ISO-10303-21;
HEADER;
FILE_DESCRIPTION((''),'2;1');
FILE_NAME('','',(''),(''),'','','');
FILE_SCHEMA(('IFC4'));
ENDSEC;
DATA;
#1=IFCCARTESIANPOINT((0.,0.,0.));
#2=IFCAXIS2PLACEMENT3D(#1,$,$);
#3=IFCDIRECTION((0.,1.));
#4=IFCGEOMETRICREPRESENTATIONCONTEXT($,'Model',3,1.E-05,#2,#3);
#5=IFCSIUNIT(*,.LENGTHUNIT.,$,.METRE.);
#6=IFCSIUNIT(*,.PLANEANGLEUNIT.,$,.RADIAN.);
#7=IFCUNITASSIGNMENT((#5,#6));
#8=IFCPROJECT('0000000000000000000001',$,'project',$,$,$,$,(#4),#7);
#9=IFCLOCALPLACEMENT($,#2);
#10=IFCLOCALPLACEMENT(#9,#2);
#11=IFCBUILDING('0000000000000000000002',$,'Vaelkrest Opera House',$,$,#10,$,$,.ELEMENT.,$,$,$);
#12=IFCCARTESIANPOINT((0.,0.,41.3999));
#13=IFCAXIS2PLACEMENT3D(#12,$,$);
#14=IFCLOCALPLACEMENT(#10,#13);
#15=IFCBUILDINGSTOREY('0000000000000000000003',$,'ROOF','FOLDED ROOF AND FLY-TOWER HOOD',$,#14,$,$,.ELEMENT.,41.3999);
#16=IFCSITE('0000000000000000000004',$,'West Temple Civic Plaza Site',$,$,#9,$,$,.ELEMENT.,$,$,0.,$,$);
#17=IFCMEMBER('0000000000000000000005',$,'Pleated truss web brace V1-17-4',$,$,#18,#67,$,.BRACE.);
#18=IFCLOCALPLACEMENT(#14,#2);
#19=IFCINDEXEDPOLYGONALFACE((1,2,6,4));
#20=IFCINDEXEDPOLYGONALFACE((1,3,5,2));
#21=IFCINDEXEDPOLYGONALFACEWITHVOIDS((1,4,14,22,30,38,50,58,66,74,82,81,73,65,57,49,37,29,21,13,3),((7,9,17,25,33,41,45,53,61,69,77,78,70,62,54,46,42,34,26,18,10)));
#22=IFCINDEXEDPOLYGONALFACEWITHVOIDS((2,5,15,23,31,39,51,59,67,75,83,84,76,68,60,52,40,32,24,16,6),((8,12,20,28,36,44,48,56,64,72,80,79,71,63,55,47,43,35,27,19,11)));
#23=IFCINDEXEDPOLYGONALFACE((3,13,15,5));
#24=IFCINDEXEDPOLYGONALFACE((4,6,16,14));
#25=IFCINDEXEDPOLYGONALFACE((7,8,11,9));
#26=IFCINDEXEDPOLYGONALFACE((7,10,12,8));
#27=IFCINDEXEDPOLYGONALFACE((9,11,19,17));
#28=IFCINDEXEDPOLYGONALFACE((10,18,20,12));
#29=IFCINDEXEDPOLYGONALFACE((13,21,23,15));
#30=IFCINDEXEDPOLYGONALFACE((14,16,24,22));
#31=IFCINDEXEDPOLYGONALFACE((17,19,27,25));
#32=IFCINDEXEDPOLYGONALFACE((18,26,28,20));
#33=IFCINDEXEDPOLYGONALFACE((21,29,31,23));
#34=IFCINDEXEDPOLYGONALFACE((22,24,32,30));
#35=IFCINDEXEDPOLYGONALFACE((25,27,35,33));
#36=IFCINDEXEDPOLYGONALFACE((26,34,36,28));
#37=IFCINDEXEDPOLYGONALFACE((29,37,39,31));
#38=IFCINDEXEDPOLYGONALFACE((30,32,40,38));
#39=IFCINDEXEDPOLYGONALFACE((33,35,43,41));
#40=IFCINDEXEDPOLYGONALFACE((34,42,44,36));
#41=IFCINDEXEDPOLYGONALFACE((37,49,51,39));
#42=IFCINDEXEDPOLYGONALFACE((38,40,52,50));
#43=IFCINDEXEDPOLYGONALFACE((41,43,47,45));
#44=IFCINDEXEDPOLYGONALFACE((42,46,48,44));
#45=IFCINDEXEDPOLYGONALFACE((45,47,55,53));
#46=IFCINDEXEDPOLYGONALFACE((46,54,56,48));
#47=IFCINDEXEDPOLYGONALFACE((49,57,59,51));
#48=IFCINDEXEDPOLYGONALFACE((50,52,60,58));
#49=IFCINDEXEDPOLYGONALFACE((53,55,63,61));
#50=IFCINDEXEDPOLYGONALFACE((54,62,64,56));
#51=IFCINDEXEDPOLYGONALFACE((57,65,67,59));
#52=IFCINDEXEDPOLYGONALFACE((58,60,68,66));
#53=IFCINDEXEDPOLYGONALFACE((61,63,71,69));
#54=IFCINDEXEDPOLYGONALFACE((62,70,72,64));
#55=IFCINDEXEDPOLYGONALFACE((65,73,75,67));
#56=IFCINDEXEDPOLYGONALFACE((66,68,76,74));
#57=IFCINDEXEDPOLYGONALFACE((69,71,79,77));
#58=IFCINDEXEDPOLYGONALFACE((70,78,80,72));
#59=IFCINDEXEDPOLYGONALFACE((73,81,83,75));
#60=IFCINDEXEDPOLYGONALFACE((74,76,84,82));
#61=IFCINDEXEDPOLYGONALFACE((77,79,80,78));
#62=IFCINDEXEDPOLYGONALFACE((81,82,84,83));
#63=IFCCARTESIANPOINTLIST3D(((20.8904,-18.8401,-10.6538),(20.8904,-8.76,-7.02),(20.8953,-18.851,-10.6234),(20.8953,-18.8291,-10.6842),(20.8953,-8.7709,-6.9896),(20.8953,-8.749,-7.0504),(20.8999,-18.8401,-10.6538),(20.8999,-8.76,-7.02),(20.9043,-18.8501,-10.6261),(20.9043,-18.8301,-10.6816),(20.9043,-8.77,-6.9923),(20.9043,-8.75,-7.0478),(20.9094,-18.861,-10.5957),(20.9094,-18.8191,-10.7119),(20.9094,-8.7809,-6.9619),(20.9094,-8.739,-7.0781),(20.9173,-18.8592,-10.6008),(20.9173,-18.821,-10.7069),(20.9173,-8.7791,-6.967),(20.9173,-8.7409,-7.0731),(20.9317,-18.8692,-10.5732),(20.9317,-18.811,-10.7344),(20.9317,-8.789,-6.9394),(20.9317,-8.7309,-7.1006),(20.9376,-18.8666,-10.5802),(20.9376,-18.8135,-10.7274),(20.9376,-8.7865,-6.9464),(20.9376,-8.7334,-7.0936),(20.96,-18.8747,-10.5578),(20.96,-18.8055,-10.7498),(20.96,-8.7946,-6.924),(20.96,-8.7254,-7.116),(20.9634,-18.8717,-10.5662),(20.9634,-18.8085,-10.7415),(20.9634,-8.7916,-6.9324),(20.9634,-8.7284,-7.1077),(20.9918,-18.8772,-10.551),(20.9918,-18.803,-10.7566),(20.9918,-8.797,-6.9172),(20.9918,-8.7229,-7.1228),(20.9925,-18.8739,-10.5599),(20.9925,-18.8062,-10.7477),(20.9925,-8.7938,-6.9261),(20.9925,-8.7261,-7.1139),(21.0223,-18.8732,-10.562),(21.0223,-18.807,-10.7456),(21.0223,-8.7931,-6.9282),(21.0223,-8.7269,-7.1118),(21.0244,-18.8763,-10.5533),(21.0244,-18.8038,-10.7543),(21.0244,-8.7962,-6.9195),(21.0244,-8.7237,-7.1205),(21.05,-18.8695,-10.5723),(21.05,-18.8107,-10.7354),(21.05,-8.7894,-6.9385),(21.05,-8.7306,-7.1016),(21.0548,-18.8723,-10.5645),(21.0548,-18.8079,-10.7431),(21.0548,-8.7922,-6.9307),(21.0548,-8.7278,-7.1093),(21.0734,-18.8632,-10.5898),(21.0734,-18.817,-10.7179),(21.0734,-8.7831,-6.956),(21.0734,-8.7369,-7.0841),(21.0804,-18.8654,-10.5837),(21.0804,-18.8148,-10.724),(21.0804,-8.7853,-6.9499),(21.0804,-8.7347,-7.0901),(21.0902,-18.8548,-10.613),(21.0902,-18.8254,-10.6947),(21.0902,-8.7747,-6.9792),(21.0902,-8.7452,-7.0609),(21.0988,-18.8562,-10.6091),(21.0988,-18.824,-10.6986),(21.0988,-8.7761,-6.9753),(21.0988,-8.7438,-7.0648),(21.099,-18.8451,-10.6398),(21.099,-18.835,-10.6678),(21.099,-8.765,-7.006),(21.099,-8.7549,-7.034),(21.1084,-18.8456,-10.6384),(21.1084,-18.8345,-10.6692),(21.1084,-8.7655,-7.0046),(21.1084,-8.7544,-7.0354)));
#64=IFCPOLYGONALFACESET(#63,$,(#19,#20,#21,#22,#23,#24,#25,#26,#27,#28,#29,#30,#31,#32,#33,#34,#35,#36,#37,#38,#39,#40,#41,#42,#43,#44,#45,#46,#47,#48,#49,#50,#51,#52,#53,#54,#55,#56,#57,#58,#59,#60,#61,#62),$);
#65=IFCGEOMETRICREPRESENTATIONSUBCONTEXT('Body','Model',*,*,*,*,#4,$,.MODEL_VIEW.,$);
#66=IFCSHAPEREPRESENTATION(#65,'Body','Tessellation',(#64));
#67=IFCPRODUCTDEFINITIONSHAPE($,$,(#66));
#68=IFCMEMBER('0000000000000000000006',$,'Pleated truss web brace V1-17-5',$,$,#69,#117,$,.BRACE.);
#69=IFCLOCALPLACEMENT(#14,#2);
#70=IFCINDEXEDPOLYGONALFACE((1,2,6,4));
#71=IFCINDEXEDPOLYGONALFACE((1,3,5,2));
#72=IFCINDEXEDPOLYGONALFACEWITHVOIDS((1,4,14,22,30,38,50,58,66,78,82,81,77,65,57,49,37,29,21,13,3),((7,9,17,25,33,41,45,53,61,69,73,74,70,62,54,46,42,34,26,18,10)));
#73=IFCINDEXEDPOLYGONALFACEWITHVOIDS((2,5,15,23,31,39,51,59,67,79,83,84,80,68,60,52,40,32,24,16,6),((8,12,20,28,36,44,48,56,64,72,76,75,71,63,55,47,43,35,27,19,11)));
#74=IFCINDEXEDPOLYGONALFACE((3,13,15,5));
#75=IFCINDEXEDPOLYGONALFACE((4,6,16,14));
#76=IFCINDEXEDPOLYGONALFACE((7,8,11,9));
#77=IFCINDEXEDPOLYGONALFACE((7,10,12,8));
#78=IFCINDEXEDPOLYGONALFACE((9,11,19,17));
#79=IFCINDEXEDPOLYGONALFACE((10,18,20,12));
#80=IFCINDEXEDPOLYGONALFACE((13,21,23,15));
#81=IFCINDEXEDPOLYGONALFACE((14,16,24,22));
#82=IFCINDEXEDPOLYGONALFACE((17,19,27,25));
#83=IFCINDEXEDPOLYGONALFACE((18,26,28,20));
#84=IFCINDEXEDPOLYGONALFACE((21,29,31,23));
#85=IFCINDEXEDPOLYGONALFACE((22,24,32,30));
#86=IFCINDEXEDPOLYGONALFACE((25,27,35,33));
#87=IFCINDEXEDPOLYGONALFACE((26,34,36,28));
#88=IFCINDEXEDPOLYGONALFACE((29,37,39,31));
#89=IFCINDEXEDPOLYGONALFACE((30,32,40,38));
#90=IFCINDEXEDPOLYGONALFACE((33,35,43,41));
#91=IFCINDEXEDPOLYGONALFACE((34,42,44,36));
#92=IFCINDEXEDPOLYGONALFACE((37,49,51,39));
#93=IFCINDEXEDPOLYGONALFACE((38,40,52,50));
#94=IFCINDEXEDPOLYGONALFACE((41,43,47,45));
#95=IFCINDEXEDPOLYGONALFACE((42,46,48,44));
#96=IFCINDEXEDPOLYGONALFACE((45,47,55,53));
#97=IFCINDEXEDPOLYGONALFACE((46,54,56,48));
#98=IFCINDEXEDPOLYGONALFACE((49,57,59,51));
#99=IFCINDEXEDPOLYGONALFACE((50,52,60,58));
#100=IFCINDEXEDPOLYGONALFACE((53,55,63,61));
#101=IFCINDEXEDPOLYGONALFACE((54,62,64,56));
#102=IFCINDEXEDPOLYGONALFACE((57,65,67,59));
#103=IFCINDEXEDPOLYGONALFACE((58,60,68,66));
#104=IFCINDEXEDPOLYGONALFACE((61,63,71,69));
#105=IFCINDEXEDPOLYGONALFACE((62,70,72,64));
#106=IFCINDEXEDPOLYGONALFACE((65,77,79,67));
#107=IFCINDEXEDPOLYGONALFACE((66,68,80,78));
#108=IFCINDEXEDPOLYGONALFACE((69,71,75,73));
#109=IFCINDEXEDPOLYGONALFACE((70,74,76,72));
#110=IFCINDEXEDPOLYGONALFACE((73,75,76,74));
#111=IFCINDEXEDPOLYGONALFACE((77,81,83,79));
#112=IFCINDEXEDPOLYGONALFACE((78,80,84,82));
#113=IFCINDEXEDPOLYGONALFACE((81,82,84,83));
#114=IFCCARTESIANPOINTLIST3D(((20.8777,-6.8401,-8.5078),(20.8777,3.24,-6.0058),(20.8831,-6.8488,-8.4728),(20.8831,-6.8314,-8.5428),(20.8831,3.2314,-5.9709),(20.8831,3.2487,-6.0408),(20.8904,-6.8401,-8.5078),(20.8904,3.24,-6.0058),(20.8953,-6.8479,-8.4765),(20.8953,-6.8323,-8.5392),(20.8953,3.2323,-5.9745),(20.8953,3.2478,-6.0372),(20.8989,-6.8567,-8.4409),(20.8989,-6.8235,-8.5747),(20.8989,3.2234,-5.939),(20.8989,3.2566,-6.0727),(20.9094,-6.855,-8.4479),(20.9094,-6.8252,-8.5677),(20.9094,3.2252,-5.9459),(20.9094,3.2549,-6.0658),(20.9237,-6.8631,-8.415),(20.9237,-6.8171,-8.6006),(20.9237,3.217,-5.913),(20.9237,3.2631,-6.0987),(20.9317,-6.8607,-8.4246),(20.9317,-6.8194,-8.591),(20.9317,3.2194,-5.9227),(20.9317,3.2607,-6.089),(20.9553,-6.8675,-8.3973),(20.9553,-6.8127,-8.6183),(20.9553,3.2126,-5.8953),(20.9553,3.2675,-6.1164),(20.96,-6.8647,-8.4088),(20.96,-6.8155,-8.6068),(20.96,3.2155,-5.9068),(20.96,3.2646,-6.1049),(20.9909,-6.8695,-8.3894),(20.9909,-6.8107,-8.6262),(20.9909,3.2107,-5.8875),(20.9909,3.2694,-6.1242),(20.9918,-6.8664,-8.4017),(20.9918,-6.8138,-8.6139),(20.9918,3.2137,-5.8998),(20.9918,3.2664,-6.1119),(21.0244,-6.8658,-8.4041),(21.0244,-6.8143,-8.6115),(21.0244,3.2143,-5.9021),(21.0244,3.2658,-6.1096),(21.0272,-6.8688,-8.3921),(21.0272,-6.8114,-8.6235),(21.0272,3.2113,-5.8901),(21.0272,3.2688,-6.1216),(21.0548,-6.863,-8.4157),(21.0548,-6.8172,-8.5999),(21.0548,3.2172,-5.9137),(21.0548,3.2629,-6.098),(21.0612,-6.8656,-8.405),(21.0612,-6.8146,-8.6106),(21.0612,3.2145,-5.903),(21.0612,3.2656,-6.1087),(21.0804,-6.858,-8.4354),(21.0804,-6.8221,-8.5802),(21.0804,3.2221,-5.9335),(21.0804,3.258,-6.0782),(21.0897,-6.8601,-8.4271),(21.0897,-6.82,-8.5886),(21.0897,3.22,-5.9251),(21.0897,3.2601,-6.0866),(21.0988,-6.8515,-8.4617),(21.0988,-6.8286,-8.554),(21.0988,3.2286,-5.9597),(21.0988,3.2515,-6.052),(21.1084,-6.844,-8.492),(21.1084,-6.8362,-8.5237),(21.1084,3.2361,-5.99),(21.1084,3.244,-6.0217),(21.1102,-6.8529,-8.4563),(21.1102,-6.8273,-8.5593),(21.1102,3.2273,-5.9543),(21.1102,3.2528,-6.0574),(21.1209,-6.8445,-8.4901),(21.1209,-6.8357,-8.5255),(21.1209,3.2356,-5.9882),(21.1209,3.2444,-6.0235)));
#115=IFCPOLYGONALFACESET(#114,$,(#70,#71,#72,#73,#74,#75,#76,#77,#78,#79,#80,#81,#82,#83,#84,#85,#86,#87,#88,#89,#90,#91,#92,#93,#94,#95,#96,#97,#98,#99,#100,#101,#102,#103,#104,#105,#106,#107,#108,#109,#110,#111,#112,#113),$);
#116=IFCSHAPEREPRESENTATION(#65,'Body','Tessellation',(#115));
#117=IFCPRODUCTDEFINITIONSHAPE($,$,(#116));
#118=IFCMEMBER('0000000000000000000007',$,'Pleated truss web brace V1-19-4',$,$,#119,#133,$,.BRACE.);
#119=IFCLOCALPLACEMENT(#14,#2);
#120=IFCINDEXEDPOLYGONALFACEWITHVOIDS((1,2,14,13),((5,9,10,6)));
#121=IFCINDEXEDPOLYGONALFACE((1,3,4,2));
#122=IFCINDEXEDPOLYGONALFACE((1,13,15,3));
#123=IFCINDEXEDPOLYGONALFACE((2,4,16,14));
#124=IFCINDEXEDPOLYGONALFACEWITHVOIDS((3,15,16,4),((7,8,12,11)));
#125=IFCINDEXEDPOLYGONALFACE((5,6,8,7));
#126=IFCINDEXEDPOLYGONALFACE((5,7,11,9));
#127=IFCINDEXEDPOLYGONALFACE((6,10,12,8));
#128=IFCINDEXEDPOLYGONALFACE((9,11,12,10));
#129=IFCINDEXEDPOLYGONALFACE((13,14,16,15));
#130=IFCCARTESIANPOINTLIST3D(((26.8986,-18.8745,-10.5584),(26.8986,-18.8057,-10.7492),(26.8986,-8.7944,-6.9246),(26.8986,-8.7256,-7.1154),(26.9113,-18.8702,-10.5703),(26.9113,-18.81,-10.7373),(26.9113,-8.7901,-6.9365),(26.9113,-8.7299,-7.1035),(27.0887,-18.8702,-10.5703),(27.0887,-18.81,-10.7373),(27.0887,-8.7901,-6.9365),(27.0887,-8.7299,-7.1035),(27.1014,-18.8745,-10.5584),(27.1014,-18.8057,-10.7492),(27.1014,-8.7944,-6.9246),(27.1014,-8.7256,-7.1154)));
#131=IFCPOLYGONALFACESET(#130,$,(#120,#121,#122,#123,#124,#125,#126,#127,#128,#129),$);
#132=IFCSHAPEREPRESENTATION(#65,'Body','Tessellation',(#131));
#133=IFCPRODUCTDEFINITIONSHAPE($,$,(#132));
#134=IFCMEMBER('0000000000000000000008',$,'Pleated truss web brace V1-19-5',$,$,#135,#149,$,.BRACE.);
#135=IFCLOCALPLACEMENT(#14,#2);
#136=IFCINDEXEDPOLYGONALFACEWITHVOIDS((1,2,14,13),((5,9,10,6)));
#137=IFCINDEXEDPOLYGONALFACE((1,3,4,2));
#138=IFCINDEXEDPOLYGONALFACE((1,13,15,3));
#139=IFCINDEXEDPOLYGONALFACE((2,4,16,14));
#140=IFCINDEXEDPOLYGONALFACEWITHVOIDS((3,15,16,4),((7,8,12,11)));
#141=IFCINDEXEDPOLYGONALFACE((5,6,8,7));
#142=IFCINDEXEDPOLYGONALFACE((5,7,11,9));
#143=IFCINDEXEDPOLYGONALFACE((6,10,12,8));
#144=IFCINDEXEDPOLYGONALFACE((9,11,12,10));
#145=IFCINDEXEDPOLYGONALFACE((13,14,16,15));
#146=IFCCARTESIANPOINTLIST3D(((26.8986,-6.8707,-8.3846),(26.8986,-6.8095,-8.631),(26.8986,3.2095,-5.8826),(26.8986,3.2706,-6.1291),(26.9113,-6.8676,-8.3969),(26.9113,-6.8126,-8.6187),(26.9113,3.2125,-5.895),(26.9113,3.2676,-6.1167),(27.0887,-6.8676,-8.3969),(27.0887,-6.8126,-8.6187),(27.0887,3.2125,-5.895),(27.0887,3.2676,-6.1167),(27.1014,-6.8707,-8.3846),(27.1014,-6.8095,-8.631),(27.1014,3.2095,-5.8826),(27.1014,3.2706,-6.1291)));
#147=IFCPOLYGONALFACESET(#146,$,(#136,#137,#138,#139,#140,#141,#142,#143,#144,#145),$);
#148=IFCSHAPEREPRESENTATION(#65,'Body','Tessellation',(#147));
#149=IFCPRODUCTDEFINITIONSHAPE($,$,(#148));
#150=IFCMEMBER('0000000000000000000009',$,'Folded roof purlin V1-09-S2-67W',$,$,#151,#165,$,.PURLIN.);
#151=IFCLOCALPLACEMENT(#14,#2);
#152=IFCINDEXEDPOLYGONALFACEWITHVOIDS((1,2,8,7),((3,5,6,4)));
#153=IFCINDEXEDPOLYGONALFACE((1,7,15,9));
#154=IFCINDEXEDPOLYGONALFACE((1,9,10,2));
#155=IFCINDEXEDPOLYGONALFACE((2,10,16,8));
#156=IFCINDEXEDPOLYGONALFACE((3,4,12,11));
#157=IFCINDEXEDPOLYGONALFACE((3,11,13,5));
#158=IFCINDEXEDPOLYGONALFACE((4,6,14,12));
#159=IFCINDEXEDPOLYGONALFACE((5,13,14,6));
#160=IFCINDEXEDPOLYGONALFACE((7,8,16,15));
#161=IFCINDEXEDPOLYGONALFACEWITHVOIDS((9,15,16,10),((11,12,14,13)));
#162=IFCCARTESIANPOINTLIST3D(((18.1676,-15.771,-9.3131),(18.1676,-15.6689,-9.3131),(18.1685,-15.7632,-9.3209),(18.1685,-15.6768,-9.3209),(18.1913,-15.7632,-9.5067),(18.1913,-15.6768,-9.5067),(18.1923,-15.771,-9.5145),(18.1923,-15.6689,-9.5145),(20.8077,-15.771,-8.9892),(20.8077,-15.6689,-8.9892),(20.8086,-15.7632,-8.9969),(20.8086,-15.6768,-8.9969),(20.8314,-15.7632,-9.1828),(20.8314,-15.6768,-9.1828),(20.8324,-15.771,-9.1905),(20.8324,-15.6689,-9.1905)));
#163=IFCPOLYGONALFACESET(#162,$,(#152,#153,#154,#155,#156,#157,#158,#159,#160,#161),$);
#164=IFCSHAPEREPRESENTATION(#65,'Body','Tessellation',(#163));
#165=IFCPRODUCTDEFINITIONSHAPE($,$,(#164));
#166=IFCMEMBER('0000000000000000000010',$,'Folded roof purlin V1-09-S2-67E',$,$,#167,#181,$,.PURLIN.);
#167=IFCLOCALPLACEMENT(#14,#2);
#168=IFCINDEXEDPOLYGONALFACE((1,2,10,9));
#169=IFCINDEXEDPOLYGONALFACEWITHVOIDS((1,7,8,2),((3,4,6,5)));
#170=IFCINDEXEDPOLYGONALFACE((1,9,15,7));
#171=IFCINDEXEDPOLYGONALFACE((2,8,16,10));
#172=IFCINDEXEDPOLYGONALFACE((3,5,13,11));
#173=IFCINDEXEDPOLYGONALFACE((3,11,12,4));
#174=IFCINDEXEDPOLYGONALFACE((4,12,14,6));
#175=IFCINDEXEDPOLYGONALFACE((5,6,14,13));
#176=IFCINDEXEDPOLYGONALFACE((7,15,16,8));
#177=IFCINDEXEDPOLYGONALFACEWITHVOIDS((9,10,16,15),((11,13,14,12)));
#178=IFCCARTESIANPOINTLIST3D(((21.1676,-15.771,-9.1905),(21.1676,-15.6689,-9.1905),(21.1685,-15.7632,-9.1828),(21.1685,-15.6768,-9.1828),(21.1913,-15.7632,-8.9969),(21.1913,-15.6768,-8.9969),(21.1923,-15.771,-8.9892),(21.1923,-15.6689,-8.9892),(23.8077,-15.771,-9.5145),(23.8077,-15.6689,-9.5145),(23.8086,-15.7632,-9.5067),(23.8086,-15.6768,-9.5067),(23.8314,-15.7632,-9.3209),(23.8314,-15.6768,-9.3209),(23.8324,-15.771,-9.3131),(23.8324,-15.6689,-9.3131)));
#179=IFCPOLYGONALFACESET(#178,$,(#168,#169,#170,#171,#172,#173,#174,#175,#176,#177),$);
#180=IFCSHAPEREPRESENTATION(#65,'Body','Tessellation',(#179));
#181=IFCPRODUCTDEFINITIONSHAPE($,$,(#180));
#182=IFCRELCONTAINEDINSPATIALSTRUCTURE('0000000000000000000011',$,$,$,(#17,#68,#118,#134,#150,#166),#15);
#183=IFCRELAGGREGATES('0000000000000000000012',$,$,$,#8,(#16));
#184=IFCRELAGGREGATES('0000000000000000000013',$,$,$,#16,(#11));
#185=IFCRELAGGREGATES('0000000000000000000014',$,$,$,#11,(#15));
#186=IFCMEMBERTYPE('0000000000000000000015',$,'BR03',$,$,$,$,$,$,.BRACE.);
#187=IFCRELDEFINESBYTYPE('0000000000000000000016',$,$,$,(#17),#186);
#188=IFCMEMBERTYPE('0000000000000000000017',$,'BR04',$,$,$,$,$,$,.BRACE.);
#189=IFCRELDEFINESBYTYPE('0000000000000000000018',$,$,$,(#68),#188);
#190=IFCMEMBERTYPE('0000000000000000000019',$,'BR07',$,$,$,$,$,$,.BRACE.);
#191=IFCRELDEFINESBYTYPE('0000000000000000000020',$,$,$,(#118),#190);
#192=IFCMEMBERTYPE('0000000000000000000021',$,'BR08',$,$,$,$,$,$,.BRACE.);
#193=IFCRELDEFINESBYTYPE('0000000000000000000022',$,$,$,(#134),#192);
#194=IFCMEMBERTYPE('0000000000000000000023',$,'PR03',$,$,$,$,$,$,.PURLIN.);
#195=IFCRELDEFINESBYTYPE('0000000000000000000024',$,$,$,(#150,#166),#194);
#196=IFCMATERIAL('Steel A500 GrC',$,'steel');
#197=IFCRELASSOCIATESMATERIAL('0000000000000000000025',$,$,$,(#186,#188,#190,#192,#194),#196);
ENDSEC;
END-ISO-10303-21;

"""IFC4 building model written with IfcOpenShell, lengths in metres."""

from ifc_helpers import new_model, si_unit, direction, frame, origin, origin_2d, place, context, subcontext, project, spatial, hollow_rectangle, hollow_circle, extrude, material, material_profile, profile_set, type_object, element, save


model = new_model("IFC4")

# Units and contexts
model_context = context("Model", 3, precision=1e-05, world=origin(), true_north=direction((0.0, 1.0)))
body_context = subcontext(model_context, "Body", "Model", "MODEL_VIEW")
ifc_project = project(units=[si_unit("LENGTHUNIT", "METRE"), si_unit("PLANEANGLEUNIT", "RADIAN")], contexts=[model_context])

# Site, building, storey
site_placement = place(None, origin())
site = spatial("IfcSite", under=ifc_project, at=site_placement, Name="West Temple Civic Plaza Site", CompositionType="ELEMENT", RefElevation=0.0)
building_placement = place(site_placement, origin())
building = spatial("IfcBuilding", under=site, at=building_placement, Name="Vaelkrest Opera House", CompositionType="ELEMENT")
storey_placement = place(building_placement, frame((0.0, 0.0, 41.3999)))
storey = spatial("IfcBuildingStorey", under=building, at=storey_placement, Name="ROOF", Description="FOLDED ROOF AND FLY-TOWER HOOD", CompositionType="ELEMENT", Elevation=41.3999)

# Members
ifc_material_1 = material(Name="Steel A500 GrC", Category="steel")
ifc_material_profile_1 = material_profile(ifc_material_1, hollow_circle(Radius=0.1096, WallThickness=0.0095, at=origin_2d()), Name="HSS219.1X9.5")
ifc_profile_set_1 = profile_set([ifc_material_profile_1], Name="Steel A500 GrC")
member_type_1 = type_object("IfcMemberType", Name="BR03", PredefinedType="BRACE", material=ifc_profile_set_1)
member_1_placement = place(storey_placement, frame((21.0, -18.8401, -10.6538), z_axis=(0.0, 0.94074, 0.339129), x_axis=(-1.0, 0.0, 0.0)))
element("IfcMember", 1, at=member_1_placement, inside=storey, type_object=member_type_1, Name="Pleated truss web brace V1-17-4", PredefinedType="BRACE", context=body_context, shape_type="SweptSolid", body=[
    extrude(hollow_circle(Radius=0.1096, WallThickness=0.0095, at=origin_2d()), origin(), (0.0, 0.0, 1.0), 10.7151),
])
ifc_material_profile_2 = material_profile(ifc_material_1, hollow_circle(Radius=0.1223, WallThickness=0.0127, at=origin_2d()), Name="HSS244.5X12.7")
ifc_profile_set_2 = profile_set([ifc_material_profile_2], Name="Steel A500 GrC")
member_type_2 = type_object("IfcMemberType", Name="BR04", PredefinedType="BRACE", material=ifc_profile_set_2)
member_2_placement = place(storey_placement, frame((21.0, -6.8401, -8.5078), z_axis=(0.0, 0.97055, 0.240898), x_axis=(-1.0, 0.0, 0.0)))
element("IfcMember", 2, at=member_2_placement, inside=storey, type_object=member_type_2, Name="Pleated truss web brace V1-17-5", PredefinedType="BRACE", context=body_context, shape_type="SweptSolid", body=[
    extrude(hollow_circle(Radius=0.1223, WallThickness=0.0127, at=origin_2d()), origin(), (0.0, 0.0, 1.0), 10.386),
])
ifc_material_profile_3 = material_profile(ifc_material_1, hollow_rectangle(XDim=0.2029, YDim=0.2029, WallThickness=0.0127, at=origin_2d()), Name="HSS203X203X12.7")
ifc_profile_set_3 = profile_set([ifc_material_profile_3], Name="Steel A500 GrC")
member_type_3 = type_object("IfcMemberType", Name="BR07", PredefinedType="BRACE", material=ifc_profile_set_3)
member_3_placement = place(storey_placement, frame((27.0, -18.8401, -10.6538), z_axis=(0.0, 0.94074, 0.339129), x_axis=(-1.0, 0.0, 0.0)))
element("IfcMember", 3, at=member_3_placement, inside=storey, type_object=member_type_3, Name="Pleated truss web brace V1-19-4", PredefinedType="BRACE", context=body_context, shape_type="SweptSolid", body=[
    extrude(hollow_rectangle(XDim=0.2029, YDim=0.2029, WallThickness=0.0127, at=origin_2d()), origin(), (0.0, 0.0, 1.0), 10.7151),
])
ifc_material_profile_4 = material_profile(ifc_material_1, hollow_rectangle(XDim=0.2029, YDim=0.2539, WallThickness=0.0127, at=origin_2d()), Name="HSS254X203X12.7")
ifc_profile_set_4 = profile_set([ifc_material_profile_4], Name="Steel A500 GrC")
member_type_4 = type_object("IfcMemberType", Name="BR08", PredefinedType="BRACE", material=ifc_profile_set_4)
member_4_placement = place(storey_placement, frame((27.0, -6.8401, -8.5078), z_axis=(0.0, 0.97055, 0.240898), x_axis=(-1.0, 0.0, 0.0)))
element("IfcMember", 4, at=member_4_placement, inside=storey, type_object=member_type_4, Name="Pleated truss web brace V1-19-5", PredefinedType="BRACE", context=body_context, shape_type="SweptSolid", body=[
    extrude(hollow_rectangle(XDim=0.2029, YDim=0.2539, WallThickness=0.0127, at=origin_2d()), origin(), (0.0, 0.0, 1.0), 10.386),
])
ifc_material_profile_5 = material_profile(ifc_material_1, hollow_rectangle(XDim=0.1021, YDim=0.2029, WallThickness=0.0078, at=origin_2d()), Name="HSS203X102X8")
ifc_profile_set_5 = profile_set([ifc_material_profile_5], Name="Steel A500 GrC")
member_type_5 = type_object("IfcMemberType", Name="PR03", PredefinedType="PURLIN", material=ifc_profile_set_5)
for number, where, z_axis, x_axis, name in (
    (5, (18.1799, -15.72, -9.4138), (0.992555, 0.0, 0.121798), (0.0, 1.0, 0.0), "Folded roof purlin V1-09-S2-67W"),
    (6, (21.1799, -15.72, -9.0898), (0.992555, 0.0, -0.121798), (0.0, 1.0, 0.0), "Folded roof purlin V1-09-S2-67E"),
):
    element("IfcMember", number, at=place(storey_placement, frame(where, z_axis=z_axis, x_axis=x_axis)), inside=storey, type_object=member_type_5, Name=name, PredefinedType="PURLIN", context=body_context, shape_type="SweptSolid", body=[
        extrude(hollow_rectangle(XDim=0.1021, YDim=0.2029, WallThickness=0.0078, at=origin_2d()), origin(), (0.0, 0.0, 1.0), 2.6599),
    ])

save(model, "model.ifc")
